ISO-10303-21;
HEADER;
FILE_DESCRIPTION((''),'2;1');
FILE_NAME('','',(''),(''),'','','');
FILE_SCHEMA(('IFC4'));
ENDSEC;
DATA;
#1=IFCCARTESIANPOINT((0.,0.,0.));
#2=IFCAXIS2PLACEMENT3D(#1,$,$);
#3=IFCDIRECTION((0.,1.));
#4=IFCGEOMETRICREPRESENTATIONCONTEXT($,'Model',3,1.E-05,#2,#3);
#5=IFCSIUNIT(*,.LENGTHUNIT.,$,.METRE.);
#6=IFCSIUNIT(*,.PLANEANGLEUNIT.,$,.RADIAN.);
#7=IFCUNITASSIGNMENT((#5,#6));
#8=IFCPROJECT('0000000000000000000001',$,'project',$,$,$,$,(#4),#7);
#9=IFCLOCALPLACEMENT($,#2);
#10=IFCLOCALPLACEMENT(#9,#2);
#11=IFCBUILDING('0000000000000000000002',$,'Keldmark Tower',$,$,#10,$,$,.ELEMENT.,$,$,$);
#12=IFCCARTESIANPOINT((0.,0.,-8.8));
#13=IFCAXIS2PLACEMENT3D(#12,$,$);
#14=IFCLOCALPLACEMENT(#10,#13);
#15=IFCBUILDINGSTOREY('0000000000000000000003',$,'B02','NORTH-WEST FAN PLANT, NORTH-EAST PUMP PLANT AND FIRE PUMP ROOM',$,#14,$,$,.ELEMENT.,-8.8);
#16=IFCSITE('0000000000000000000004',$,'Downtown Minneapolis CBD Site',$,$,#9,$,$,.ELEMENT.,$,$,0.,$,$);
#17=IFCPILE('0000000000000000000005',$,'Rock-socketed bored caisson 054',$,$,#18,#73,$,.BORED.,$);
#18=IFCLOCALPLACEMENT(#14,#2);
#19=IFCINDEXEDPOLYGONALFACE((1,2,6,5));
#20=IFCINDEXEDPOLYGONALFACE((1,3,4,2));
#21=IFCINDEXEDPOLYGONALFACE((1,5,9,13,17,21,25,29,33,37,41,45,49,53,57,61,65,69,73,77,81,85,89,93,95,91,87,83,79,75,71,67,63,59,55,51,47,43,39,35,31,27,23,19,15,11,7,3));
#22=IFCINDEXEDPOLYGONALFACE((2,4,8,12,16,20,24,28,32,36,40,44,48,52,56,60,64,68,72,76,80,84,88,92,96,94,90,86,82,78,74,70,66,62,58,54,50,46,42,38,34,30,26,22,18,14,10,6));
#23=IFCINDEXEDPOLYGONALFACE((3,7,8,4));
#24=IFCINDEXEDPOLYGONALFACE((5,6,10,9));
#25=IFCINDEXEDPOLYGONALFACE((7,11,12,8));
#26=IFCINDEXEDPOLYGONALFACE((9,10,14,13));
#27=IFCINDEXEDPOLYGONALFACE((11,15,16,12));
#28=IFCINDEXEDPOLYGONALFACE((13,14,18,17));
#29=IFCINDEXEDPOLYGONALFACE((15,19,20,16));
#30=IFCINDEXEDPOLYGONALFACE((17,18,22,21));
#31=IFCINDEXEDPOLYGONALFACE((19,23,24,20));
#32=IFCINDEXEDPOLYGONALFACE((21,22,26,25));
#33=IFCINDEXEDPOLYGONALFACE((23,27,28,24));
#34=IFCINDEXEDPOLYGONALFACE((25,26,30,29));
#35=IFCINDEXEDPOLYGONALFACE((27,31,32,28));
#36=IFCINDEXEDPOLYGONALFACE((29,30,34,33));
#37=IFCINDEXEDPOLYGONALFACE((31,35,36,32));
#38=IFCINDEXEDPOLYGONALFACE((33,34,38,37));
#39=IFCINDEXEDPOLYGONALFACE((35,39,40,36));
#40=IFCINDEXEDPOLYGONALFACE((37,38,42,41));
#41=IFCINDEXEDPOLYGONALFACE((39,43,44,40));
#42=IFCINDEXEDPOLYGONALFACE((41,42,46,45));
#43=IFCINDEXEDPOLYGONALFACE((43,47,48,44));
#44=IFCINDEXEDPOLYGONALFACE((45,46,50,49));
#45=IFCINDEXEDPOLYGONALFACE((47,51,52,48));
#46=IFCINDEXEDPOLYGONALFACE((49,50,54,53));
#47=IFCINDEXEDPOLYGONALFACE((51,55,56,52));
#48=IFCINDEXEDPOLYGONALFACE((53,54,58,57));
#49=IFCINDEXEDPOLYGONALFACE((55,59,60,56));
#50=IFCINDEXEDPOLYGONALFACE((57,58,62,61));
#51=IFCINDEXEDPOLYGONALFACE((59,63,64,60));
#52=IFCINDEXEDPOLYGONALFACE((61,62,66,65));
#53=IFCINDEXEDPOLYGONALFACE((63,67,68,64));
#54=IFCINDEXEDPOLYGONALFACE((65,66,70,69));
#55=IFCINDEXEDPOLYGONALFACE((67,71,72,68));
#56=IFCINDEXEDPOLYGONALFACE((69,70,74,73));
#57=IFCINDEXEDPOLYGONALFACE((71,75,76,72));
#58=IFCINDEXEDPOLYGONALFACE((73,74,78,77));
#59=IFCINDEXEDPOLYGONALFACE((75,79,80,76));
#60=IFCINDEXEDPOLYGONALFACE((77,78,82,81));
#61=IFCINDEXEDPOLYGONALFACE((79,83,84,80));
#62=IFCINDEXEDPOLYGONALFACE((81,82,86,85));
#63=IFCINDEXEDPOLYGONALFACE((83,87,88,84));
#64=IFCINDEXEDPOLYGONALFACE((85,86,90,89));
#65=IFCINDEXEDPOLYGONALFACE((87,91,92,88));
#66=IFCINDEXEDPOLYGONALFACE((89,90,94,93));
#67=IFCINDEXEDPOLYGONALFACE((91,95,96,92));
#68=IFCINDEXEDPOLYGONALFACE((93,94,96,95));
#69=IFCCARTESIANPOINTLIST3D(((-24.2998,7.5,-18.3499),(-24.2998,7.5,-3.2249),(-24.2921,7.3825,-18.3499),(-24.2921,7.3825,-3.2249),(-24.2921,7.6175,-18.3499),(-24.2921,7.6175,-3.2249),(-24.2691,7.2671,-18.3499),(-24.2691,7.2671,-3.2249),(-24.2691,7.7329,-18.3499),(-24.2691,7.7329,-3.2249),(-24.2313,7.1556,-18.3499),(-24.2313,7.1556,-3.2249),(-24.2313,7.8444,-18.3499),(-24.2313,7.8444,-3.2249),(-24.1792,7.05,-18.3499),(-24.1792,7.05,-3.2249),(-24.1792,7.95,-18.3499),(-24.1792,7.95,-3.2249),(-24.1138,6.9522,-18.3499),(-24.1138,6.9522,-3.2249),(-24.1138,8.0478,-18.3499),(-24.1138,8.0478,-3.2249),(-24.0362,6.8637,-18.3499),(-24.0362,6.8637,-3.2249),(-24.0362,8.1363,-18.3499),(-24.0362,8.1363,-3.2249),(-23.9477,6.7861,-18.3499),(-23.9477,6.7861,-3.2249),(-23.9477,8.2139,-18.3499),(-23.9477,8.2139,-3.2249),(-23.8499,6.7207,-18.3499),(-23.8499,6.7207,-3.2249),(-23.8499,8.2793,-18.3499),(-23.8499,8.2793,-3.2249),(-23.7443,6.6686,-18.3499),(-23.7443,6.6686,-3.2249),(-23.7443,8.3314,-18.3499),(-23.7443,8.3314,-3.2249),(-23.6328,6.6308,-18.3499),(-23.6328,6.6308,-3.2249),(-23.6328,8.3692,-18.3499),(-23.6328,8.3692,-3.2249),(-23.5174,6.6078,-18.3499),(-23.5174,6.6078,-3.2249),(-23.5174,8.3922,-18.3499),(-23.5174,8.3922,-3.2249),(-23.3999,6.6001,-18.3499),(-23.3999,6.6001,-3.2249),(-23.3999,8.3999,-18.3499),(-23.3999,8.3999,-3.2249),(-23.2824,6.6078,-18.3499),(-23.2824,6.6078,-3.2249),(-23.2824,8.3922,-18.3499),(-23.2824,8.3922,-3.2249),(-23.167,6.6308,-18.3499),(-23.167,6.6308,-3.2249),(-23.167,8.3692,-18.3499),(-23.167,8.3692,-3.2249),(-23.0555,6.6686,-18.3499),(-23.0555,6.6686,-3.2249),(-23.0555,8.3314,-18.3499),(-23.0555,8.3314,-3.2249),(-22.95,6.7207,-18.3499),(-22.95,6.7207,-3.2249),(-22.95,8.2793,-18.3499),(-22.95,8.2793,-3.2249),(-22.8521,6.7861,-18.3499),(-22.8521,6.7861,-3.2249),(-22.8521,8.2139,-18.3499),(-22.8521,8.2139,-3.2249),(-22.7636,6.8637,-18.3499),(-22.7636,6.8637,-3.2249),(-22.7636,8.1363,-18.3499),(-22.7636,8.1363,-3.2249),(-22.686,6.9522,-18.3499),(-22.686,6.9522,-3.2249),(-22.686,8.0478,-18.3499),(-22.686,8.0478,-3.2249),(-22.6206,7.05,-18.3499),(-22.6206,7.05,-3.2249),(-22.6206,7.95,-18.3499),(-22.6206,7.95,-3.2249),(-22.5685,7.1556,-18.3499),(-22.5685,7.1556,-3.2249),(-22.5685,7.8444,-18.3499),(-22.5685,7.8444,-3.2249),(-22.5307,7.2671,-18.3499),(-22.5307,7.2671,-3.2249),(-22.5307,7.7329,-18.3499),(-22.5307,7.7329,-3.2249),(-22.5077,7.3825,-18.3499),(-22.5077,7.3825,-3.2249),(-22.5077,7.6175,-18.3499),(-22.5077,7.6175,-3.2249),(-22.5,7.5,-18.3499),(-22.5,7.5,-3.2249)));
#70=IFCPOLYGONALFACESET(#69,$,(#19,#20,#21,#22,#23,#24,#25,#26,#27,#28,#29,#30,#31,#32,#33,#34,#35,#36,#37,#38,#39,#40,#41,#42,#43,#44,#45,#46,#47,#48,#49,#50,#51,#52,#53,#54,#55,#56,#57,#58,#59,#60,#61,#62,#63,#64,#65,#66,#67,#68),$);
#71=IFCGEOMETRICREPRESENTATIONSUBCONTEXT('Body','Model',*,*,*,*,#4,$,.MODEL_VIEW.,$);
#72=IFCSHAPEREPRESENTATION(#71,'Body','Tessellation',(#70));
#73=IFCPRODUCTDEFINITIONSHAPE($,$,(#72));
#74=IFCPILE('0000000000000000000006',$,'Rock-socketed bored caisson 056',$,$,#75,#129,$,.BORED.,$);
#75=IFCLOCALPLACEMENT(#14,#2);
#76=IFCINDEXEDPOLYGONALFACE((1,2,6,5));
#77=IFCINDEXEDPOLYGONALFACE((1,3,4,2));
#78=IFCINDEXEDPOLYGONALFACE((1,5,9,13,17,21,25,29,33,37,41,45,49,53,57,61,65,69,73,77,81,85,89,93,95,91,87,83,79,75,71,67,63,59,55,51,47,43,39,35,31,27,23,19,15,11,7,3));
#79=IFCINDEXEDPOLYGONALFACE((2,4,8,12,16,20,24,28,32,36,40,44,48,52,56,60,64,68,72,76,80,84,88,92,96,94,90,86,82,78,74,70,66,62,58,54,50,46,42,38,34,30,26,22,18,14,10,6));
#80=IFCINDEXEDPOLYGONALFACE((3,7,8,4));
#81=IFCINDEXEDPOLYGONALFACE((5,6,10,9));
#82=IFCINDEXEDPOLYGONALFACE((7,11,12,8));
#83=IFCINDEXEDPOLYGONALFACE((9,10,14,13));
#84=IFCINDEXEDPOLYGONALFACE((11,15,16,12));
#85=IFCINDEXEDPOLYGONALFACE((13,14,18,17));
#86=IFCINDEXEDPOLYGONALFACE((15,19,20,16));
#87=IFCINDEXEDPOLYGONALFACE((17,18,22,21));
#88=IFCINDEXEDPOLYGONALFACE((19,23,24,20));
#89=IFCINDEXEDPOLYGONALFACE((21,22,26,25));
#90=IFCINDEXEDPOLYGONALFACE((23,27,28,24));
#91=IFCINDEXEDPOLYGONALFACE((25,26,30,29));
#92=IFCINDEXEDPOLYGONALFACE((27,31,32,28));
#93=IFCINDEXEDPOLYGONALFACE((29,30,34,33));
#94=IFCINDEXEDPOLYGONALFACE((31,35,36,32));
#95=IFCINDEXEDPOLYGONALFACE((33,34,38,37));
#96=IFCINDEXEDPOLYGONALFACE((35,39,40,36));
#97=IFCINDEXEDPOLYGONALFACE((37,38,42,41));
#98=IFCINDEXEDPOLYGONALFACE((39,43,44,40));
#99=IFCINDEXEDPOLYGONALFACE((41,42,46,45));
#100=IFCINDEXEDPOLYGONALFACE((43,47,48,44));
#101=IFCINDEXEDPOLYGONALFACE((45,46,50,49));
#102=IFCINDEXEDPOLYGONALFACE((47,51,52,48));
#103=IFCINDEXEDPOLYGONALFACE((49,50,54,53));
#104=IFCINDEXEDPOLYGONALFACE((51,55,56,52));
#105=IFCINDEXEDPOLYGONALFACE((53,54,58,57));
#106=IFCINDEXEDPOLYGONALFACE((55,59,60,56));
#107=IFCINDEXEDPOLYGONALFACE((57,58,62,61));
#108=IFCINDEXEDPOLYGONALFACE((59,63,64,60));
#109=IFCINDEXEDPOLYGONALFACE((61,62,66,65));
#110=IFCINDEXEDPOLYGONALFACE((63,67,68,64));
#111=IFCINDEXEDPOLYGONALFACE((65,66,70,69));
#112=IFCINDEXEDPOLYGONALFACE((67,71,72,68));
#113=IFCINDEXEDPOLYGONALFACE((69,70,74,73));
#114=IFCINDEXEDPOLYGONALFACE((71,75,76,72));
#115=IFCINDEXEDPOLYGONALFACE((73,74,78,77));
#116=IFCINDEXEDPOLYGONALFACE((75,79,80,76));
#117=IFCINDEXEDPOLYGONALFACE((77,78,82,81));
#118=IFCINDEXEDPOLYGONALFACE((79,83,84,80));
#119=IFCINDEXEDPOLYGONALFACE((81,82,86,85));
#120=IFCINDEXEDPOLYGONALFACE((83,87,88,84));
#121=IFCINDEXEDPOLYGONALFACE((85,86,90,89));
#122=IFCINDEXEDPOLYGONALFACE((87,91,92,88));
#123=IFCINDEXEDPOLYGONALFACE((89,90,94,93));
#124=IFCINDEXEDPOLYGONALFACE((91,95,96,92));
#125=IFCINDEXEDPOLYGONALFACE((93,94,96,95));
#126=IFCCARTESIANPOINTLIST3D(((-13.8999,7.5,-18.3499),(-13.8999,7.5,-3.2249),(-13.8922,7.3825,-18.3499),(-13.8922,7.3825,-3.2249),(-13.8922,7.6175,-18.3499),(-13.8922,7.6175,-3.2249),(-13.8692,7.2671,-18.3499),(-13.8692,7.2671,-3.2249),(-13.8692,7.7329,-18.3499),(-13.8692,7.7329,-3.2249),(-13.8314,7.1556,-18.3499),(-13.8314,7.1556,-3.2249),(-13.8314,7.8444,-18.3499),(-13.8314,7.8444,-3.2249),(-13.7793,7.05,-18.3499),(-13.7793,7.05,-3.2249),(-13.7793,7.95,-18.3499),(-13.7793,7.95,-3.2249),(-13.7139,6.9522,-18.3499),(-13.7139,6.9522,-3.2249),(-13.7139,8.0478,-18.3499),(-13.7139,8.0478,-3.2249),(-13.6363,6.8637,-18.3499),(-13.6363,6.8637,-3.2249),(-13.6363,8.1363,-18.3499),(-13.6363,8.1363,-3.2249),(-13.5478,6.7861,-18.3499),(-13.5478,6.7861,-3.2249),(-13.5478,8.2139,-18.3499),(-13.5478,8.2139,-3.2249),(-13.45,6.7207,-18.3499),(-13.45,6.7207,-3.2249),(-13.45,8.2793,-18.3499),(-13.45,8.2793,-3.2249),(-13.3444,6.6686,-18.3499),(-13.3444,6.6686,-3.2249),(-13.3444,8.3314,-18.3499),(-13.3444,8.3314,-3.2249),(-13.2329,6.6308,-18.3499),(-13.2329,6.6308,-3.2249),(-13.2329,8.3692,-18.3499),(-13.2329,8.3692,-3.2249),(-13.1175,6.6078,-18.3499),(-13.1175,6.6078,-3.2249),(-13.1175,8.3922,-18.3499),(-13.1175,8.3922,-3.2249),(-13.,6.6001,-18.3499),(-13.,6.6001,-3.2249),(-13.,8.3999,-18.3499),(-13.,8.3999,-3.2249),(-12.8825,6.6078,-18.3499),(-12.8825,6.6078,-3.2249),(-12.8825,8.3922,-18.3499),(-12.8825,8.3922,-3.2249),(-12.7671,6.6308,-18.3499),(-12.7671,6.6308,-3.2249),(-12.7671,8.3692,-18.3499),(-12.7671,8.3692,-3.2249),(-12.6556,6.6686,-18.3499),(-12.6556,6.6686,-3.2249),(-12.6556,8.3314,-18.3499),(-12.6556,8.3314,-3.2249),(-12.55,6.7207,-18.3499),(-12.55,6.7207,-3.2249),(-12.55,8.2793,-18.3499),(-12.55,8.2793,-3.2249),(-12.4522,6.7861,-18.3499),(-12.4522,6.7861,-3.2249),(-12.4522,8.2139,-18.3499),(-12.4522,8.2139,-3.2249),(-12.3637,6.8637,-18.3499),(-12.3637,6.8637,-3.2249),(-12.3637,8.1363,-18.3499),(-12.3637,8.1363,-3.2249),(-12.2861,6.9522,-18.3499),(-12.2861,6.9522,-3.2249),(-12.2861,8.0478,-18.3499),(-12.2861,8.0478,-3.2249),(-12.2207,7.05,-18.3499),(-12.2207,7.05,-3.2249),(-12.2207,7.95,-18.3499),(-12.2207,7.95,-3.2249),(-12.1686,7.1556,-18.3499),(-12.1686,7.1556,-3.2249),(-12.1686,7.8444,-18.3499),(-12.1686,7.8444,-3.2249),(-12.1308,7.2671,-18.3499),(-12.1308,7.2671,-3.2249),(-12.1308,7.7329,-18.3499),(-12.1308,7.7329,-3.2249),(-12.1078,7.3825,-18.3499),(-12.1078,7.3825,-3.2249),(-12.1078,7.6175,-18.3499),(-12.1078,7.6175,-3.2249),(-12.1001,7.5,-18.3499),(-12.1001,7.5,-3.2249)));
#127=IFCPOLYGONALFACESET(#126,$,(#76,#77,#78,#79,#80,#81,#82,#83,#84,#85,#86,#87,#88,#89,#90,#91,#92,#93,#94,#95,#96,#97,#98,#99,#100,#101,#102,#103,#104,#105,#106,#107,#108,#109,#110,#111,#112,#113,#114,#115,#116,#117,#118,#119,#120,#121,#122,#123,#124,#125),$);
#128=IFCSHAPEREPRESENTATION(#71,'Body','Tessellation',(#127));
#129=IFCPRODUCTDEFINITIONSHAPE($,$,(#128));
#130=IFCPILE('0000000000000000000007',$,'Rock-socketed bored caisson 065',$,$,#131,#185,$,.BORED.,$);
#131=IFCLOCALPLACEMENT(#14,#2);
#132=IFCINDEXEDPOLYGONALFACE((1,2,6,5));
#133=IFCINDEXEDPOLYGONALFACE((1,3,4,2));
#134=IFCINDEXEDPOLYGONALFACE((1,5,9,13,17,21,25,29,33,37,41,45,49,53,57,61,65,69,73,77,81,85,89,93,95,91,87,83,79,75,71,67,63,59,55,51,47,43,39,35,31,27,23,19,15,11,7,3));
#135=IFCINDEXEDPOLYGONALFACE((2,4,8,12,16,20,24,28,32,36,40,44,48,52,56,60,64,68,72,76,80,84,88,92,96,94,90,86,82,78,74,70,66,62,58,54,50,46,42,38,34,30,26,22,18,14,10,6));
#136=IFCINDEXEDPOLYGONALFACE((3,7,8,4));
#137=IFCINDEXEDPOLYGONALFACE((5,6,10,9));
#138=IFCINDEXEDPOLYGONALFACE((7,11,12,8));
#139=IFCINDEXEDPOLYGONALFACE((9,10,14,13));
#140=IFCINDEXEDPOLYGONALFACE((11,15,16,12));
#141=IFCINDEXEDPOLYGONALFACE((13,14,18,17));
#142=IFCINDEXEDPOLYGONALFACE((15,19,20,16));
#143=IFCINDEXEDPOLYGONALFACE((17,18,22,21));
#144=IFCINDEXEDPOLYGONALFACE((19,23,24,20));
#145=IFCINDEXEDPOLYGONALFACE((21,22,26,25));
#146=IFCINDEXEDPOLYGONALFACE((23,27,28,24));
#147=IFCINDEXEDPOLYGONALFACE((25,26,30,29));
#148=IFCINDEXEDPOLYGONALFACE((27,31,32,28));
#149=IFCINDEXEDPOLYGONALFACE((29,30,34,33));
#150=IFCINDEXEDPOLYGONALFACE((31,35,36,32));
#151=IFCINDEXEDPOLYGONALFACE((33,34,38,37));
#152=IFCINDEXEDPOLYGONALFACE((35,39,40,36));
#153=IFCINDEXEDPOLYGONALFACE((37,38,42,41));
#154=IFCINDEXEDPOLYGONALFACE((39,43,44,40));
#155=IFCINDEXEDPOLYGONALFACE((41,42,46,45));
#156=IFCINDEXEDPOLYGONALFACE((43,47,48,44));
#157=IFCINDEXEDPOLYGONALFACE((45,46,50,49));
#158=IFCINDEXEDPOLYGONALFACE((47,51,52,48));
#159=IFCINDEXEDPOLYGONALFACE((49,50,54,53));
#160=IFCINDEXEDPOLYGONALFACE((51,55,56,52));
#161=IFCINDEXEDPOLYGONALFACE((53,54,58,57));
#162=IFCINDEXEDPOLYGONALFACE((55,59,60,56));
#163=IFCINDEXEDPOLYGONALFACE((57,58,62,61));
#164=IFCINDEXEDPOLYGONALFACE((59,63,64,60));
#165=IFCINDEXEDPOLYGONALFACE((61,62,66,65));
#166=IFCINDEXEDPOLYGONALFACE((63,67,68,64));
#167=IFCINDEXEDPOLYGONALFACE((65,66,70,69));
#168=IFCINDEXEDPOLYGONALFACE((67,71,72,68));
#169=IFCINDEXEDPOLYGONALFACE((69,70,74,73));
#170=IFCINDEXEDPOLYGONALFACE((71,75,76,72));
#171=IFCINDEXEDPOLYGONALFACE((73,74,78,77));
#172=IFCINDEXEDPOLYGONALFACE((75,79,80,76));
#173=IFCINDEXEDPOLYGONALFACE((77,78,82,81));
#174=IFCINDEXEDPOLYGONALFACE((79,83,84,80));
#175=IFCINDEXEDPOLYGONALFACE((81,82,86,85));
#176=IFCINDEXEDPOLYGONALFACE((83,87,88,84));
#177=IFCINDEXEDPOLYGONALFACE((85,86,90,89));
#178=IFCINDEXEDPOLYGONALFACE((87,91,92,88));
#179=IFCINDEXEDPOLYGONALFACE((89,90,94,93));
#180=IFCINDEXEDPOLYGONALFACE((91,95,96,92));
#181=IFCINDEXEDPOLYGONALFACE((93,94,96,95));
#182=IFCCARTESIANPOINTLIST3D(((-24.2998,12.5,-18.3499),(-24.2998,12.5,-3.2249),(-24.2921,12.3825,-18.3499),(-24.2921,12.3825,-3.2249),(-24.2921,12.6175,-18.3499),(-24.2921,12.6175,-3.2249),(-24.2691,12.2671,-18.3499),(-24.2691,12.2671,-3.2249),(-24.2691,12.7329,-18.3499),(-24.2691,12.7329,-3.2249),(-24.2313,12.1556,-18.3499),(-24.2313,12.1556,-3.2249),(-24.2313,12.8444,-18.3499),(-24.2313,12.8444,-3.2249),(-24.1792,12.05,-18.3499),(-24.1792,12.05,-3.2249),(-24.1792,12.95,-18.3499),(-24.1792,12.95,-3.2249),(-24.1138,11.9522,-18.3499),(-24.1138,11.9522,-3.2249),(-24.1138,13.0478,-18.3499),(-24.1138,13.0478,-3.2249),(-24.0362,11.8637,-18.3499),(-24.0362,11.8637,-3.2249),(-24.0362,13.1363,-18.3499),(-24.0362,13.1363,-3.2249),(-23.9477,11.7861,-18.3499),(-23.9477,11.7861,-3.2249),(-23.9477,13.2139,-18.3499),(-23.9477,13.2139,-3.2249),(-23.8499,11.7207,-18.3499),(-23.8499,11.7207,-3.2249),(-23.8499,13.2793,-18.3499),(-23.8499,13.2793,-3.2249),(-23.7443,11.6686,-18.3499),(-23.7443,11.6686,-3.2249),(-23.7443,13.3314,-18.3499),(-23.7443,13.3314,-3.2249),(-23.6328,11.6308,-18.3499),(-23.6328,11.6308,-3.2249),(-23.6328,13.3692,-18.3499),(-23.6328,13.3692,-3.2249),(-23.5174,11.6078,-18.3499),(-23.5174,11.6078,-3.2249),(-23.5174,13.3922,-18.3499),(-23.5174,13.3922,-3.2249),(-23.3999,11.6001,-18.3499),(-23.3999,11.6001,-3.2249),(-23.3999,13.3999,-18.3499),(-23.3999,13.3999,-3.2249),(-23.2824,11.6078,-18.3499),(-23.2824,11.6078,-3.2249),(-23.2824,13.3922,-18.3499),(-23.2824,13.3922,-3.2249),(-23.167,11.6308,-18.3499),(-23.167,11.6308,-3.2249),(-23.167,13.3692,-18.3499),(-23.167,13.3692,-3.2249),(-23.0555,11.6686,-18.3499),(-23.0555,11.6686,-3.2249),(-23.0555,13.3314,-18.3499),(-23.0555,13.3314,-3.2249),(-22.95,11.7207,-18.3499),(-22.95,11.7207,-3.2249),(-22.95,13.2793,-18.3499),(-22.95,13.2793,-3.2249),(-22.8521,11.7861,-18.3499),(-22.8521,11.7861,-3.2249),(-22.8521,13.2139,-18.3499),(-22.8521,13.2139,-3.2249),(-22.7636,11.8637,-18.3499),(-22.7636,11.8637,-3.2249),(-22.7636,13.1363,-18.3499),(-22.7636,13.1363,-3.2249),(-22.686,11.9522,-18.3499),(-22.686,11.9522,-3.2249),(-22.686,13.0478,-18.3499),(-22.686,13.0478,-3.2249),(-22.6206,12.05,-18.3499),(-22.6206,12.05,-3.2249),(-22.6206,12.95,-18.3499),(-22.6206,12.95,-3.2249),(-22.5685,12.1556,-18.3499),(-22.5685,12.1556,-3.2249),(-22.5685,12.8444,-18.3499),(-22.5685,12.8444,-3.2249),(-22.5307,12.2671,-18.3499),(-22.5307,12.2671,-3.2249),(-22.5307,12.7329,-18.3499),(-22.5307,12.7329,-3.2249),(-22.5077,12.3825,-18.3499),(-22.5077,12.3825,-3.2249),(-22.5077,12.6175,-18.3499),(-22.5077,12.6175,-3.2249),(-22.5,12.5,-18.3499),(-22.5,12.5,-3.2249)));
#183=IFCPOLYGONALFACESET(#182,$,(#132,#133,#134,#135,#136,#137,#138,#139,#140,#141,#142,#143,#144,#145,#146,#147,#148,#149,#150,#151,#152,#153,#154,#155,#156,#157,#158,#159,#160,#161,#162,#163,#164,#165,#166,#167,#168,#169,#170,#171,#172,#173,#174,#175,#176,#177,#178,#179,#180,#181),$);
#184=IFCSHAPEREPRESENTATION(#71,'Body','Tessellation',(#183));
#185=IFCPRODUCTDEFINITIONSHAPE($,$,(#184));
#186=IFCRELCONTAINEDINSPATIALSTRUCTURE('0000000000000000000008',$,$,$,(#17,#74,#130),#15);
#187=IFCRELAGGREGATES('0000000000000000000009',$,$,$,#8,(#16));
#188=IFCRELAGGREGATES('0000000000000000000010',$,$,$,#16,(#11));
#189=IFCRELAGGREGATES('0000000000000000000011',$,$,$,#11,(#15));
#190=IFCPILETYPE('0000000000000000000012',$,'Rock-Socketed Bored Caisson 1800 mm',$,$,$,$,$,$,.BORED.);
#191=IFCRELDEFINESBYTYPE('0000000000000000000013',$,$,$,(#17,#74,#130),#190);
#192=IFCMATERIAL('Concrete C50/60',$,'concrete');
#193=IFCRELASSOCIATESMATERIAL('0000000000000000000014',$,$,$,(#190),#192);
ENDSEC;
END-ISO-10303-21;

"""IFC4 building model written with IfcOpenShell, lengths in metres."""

from ifc_helpers import new_model, si_unit, direction, frame, origin, origin_2d, place, context, subcontext, project, spatial, circle, extrude, material, material_profile, profile_set, type_object, element, save


model = new_model("IFC4")

# Units and contexts
model_context = context("Model", 3, precision=1e-05, world=origin(), true_north=direction((0.0, 1.0)))
body_context = subcontext(model_context, "Body", "Model", "MODEL_VIEW")
ifc_project = project(units=[si_unit("LENGTHUNIT", "METRE"), si_unit("PLANEANGLEUNIT", "RADIAN")], contexts=[model_context])

# Site, building, storey
site_placement = place(None, origin())
site = spatial("IfcSite", under=ifc_project, at=site_placement, Name="Downtown Minneapolis CBD Site", CompositionType="ELEMENT", RefElevation=0.0)
building_placement = place(site_placement, origin())
building = spatial("IfcBuilding", under=site, at=building_placement, Name="Keldmark Tower", CompositionType="ELEMENT")
storey_placement = place(building_placement, frame((0.0, 0.0, -8.8)))
storey = spatial("IfcBuildingStorey", under=building, at=storey_placement, Name="B02", Description="NORTH-WEST FAN PLANT, NORTH-EAST PUMP PLANT AND FIRE PUMP ROOM", CompositionType="ELEMENT", Elevation=-8.8)

# Piles
ifc_material_1 = material(Name="Concrete C50/60", Category="concrete")
ifc_material_profile_1 = material_profile(ifc_material_1, circle(Radius=0.8999, at=origin_2d()), Name="CAISSON1800")
ifc_profile_set_1 = profile_set([ifc_material_profile_1], Name="Concrete C50/60")
pile_type_1 = type_object("IfcPileType", Name="Rock-Socketed Bored Caisson 1800 mm", PredefinedType="BORED", material=ifc_profile_set_1)
for number, where, z_axis, x_axis, name in (
    (1, (-23.3999, 7.5, -3.2249), (0.0, 0.0, -1.0), (1.0, 0.0, 0.0), "Rock-socketed bored caisson 054"),
    (2, (-13.0, 7.5, -3.2249), (0.0, 0.0, -1.0), (1.0, 0.0, 0.0), "Rock-socketed bored caisson 056"),
    (3, (-23.3999, 12.5, -3.2249), (0.0, 0.0, -1.0), (1.0, 0.0, 0.0), "Rock-socketed bored caisson 065"),
):
    element("IfcPile", number, at=place(storey_placement, frame(where, z_axis=z_axis, x_axis=x_axis)), inside=storey, type_object=pile_type_1, Name=name, PredefinedType="BORED", context=body_context, shape_type="SweptSolid", body=[
        extrude(circle(Radius=0.8999, at=origin_2d()), origin(), (0.0, 0.0, 1.0), 15.125),
    ])

save(model, "model.ifc")
